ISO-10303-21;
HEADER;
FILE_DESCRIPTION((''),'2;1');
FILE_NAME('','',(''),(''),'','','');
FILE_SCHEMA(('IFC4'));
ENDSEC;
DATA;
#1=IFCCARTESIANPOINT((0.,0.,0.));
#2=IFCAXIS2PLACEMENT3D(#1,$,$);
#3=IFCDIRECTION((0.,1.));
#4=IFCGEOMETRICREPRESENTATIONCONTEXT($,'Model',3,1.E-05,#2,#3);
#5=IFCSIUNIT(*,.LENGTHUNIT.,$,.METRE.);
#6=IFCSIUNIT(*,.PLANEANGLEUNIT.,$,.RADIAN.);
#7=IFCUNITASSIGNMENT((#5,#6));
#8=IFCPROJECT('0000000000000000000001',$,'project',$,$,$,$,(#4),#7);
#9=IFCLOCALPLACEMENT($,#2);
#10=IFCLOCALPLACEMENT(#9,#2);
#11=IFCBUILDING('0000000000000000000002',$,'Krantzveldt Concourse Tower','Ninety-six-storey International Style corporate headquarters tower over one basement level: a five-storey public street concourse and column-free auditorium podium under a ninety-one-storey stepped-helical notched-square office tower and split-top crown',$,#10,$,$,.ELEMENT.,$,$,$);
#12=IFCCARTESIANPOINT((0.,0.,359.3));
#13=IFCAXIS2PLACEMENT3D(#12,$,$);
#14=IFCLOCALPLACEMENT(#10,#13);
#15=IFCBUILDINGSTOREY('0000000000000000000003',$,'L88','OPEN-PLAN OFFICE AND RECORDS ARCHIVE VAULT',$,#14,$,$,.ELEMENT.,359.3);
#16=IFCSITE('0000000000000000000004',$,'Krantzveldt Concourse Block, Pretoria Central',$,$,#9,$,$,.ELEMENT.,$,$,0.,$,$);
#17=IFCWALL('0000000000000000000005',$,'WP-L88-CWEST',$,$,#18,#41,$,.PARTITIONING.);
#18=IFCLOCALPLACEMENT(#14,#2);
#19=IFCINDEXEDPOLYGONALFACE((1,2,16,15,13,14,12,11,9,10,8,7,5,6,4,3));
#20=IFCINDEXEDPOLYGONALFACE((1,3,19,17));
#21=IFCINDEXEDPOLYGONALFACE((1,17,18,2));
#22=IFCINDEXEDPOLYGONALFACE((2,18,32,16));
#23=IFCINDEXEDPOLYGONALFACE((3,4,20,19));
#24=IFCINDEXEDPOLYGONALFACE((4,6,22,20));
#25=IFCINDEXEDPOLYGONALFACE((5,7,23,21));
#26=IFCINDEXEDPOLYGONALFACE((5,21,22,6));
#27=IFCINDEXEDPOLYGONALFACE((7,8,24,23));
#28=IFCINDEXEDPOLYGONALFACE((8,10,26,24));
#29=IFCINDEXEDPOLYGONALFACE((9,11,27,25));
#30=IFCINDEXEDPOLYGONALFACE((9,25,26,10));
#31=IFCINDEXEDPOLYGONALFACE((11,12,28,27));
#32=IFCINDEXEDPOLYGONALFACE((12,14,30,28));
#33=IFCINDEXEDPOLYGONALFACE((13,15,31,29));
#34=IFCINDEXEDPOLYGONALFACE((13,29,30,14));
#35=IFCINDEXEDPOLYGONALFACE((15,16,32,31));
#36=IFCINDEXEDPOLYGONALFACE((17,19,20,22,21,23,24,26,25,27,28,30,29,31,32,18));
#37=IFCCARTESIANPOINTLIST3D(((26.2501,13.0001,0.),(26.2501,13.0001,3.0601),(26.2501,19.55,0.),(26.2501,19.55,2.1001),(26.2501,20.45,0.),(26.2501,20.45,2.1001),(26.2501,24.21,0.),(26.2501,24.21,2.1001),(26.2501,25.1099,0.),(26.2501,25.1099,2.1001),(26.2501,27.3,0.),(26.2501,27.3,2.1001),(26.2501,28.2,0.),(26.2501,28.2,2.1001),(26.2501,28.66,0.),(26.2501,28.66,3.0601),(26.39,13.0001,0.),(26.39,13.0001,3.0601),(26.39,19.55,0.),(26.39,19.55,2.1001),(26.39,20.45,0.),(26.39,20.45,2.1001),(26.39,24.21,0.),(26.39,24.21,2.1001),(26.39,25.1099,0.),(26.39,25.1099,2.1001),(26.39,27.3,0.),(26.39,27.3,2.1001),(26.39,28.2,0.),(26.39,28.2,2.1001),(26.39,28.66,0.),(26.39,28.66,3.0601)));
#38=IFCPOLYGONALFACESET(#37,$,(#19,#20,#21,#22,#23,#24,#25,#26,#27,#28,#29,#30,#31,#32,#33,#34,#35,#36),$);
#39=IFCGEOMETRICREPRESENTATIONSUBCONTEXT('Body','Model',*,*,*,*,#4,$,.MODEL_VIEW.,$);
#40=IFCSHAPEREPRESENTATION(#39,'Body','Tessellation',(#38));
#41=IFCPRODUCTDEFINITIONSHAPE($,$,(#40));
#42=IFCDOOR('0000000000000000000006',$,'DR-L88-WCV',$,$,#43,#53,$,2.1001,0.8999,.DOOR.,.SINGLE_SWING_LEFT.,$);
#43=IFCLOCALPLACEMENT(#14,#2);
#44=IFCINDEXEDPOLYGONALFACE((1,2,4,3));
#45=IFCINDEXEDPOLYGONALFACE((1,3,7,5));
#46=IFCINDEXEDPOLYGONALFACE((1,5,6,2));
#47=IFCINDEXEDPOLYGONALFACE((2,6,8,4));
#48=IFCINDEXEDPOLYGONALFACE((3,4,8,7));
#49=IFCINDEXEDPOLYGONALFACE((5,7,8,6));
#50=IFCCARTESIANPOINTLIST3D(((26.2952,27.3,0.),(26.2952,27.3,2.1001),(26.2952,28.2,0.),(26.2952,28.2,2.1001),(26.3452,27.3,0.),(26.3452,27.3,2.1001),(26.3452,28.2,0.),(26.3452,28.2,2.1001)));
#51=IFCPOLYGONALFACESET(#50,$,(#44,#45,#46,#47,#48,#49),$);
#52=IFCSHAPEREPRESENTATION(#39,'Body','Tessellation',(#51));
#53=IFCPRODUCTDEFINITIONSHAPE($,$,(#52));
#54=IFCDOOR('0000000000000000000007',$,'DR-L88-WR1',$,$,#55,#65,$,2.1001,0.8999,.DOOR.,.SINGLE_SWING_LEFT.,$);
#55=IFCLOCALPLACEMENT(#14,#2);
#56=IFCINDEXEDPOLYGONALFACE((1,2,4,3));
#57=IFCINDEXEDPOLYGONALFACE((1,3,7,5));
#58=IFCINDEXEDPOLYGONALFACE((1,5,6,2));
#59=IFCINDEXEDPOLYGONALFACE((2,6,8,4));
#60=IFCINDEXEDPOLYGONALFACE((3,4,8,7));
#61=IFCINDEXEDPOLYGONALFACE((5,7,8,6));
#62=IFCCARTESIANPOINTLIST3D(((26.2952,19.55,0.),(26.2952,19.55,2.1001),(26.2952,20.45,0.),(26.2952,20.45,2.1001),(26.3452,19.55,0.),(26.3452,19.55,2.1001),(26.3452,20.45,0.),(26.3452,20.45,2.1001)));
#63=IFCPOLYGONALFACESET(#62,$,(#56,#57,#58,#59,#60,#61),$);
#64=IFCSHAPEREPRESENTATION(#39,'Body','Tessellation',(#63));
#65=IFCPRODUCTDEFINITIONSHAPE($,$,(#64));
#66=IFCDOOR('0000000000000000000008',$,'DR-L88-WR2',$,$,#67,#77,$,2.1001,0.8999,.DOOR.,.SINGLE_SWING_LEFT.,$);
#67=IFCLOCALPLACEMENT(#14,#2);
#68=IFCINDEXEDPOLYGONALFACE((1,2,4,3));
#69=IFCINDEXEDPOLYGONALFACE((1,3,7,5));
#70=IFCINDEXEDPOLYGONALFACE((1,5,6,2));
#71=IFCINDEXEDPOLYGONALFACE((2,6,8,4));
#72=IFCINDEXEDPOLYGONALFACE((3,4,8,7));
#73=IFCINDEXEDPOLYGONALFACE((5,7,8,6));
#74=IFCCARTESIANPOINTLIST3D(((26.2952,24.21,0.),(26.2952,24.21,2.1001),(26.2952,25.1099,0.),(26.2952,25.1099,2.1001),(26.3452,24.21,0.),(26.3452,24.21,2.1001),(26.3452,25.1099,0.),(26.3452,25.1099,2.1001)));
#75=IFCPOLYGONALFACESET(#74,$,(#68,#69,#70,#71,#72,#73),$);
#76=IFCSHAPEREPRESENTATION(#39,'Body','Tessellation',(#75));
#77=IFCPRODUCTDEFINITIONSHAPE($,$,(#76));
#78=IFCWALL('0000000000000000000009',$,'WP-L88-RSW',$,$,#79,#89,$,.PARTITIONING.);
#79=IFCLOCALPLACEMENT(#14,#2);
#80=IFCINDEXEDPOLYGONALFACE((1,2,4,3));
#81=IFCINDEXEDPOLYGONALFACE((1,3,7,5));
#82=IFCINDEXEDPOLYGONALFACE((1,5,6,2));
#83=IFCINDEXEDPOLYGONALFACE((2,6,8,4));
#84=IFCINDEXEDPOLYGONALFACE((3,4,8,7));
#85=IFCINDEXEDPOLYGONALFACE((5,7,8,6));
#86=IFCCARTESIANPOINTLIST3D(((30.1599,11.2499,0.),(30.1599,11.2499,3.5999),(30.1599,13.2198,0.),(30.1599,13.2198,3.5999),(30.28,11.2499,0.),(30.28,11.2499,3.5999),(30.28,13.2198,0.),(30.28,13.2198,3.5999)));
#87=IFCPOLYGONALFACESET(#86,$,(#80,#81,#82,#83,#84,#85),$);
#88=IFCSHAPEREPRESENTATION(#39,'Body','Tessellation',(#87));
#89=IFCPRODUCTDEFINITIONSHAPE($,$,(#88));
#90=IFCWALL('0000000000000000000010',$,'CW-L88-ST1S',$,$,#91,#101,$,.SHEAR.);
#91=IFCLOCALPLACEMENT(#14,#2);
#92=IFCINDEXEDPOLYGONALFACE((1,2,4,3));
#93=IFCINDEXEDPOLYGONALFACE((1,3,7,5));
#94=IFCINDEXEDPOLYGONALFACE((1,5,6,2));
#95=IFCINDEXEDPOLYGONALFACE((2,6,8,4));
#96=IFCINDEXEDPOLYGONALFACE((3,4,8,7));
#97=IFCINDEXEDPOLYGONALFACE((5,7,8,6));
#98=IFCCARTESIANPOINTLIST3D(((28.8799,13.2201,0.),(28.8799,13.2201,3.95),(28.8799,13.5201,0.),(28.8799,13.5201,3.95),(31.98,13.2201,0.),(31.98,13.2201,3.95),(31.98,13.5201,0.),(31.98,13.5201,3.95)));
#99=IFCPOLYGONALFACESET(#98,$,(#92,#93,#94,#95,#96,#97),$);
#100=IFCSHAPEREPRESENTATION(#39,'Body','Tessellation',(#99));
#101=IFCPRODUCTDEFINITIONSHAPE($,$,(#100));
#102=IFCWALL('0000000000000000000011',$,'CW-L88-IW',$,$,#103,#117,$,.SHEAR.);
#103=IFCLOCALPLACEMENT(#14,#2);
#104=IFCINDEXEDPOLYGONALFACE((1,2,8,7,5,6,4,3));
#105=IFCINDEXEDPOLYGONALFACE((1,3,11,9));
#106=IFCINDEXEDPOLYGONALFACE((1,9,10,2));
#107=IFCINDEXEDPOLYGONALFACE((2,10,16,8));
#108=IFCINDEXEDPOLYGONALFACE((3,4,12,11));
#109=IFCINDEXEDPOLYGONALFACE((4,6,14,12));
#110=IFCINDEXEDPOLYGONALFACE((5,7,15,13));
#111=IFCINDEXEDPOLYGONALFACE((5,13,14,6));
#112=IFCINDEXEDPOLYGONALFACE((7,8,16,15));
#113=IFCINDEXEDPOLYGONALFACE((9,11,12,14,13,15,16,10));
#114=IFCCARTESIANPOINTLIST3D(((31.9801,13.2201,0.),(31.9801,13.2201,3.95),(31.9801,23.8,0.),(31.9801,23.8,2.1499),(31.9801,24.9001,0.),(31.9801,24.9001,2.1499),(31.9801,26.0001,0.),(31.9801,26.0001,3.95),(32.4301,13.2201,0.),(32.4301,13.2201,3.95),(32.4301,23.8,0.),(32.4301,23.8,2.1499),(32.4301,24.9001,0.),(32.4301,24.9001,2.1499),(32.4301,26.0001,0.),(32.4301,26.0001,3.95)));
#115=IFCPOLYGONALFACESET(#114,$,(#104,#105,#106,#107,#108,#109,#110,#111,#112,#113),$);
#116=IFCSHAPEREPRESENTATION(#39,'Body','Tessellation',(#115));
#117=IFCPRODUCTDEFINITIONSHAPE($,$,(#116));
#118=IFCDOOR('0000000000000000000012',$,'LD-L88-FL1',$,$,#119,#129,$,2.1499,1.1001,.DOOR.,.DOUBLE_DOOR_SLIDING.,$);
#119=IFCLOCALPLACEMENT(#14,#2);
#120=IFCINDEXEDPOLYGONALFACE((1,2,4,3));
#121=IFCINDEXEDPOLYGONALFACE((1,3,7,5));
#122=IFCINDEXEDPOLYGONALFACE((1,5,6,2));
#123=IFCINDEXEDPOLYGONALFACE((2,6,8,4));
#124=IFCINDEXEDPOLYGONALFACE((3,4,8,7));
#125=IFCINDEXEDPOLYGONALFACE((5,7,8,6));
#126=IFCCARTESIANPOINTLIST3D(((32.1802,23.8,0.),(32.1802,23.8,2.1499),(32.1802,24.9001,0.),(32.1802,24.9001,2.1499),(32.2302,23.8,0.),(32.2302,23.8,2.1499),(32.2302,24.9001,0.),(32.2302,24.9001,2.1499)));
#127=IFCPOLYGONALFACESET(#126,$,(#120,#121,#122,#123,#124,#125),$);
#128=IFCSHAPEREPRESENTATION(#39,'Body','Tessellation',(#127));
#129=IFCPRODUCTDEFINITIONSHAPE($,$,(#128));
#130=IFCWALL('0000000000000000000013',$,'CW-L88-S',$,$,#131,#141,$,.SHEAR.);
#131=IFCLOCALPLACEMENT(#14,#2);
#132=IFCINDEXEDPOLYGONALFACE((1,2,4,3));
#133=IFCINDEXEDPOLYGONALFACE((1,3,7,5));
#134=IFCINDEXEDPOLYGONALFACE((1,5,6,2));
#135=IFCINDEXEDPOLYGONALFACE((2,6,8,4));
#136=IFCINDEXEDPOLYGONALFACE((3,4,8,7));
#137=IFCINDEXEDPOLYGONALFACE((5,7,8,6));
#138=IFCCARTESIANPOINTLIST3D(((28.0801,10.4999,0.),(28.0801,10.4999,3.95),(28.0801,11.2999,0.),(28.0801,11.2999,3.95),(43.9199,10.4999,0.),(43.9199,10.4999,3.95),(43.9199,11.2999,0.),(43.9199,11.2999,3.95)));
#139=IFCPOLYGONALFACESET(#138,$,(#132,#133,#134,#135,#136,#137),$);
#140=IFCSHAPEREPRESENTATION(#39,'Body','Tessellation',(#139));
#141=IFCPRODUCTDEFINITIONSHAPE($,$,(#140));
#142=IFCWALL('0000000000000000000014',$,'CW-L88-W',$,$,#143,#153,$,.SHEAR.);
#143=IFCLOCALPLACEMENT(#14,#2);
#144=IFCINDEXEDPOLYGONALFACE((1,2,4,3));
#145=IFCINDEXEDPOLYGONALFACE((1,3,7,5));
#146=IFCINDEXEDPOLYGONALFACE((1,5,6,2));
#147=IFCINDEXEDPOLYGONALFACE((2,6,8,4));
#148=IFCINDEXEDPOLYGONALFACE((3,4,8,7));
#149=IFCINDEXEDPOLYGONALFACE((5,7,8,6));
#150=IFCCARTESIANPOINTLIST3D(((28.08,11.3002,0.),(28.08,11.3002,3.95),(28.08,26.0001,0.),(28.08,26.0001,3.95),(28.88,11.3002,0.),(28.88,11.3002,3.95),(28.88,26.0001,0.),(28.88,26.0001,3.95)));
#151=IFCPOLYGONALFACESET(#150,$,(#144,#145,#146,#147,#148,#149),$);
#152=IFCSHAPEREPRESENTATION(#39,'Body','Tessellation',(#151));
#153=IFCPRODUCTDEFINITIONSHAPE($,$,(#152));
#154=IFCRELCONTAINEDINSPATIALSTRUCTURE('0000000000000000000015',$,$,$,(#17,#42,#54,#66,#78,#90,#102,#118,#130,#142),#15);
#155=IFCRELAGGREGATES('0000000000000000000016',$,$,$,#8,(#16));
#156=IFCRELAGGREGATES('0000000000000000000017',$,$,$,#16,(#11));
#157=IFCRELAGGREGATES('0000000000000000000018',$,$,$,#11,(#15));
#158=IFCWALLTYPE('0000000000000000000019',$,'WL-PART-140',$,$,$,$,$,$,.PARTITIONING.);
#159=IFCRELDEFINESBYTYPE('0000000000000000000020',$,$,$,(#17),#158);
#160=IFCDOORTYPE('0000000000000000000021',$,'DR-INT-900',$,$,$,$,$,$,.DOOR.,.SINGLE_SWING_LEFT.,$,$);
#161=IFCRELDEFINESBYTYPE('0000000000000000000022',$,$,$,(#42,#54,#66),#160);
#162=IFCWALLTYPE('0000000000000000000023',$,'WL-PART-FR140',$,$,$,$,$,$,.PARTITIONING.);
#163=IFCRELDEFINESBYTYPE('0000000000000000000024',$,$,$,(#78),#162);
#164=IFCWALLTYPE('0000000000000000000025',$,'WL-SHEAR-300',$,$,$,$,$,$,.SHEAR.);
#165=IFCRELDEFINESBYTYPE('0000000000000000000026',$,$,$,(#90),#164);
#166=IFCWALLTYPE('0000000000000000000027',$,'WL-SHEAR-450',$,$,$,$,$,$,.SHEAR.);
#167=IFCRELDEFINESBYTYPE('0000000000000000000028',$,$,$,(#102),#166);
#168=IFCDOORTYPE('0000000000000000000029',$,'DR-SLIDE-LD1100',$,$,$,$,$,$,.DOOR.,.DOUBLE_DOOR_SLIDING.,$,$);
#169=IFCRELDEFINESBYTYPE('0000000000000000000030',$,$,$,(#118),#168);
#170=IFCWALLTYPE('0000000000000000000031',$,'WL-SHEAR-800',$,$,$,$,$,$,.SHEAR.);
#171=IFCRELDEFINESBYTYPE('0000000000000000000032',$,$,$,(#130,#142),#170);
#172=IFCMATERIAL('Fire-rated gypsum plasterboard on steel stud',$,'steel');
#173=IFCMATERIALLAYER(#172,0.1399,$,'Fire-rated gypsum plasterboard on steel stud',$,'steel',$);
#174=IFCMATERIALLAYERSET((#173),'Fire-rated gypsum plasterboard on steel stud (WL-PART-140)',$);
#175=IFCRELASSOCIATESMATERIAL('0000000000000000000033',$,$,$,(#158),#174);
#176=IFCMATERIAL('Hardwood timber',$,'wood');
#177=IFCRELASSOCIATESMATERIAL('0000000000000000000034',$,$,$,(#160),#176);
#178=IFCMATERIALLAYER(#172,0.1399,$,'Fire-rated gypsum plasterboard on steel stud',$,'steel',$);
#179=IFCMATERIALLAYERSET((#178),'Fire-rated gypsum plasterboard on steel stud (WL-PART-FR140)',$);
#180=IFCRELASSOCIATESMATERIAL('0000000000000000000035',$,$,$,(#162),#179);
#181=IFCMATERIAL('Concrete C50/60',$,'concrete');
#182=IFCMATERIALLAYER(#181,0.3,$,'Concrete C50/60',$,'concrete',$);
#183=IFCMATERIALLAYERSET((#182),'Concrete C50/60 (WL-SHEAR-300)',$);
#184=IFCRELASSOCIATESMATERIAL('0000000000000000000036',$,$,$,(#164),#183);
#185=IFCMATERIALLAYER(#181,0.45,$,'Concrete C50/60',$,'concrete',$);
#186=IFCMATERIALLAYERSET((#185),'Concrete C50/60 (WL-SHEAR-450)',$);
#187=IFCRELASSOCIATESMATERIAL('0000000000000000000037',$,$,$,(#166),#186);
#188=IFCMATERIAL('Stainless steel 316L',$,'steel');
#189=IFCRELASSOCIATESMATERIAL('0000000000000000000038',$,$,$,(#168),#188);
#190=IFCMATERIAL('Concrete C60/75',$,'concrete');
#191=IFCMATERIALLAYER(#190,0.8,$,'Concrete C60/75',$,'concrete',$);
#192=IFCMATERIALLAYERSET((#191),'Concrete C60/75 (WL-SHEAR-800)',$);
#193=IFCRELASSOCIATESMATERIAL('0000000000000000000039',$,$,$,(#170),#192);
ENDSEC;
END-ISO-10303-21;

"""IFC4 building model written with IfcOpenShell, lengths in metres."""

from ifc_helpers import new_model, si_unit, direction, frame, frame_2d, origin, place, context, subcontext, project, spatial, rectangle, extrude, material, layer, layer_set, type_object, element, fill, save


model = new_model("IFC4")

# Units and contexts
model_context = context("Model", 3, precision=1e-05, world=origin(), true_north=direction((0.0, 1.0)))
body_context = subcontext(model_context, "Body", "Model", "MODEL_VIEW")
ifc_project = project(units=[si_unit("LENGTHUNIT", "METRE"), si_unit("PLANEANGLEUNIT", "RADIAN")], contexts=[model_context])

# Site, building, storey
site_placement = place(None, origin())
site = spatial("IfcSite", under=ifc_project, at=site_placement, Name="Krantzveldt Concourse Block, Pretoria Central", CompositionType="ELEMENT", RefElevation=0.0)
building_placement = place(site_placement, origin())
building = spatial("IfcBuilding", under=site, at=building_placement, Name="Krantzveldt Concourse Tower", Description="Ninety-six-storey International Style corporate headquarters tower over one basement level: a five-storey public street concourse and column-free auditorium podium under a ninety-one-storey stepped-helical notched-square office tower and split-top crown", CompositionType="ELEMENT")
storey_placement = place(building_placement, frame((0.0, 0.0, 359.3)))
storey = spatial("IfcBuildingStorey", under=building, at=storey_placement, Name="L88", Description="OPEN-PLAN OFFICE AND RECORDS ARCHIVE VAULT", CompositionType="ELEMENT", Elevation=359.3)

# Shared definitions
ifc_material_1 = material(Name="Fire-rated gypsum plasterboard on steel stud", Category="steel")
ifc_material_2 = material(Name="Hardwood timber", Category="wood")

# Wall, openings, doors
ifc_layer_1 = layer(ifc_material_1, 0.1399, Name="Fire-rated gypsum plasterboard on steel stud", Category="steel")
ifc_layer_set_1 = layer_set([ifc_layer_1], Name="Fire-rated gypsum plasterboard on steel stud (WL-PART-140)")
wall_type_1 = type_object("IfcWallType", Name="WL-PART-140", PredefinedType="PARTITIONING", material=ifc_layer_set_1)
wall_1_placement = place(storey_placement, frame((26.3201, 13.0, 0.0), z_axis=(0.0, 0.0, 1.0), x_axis=(0.0, 1.0, 0.0)))
wall_1 = element("IfcWall", 1, at=wall_1_placement, inside=storey, type_object=wall_type_1, Name="WP-L88-CWEST", PredefinedType="PARTITIONING", context=body_context, shape_type="SweptSolid", body=[
    extrude(rectangle(XDim=15.6599, YDim=0.1399, at=frame_2d((7.8301, 0.0))), origin(), (0.0, 0.0, 1.0), 3.0601),
])
opening_1_placement = place(wall_1_placement, frame((14.3, 0.0, 0.0)))
opening_1 = element("IfcOpeningElement", 2, at=opening_1_placement, cuts=wall_1, PredefinedType="OPENING", context=body_context, shape_type="SweptSolid", body=[
    extrude(rectangle(XDim=0.8999, YDim=2.1001, at=frame_2d((0.45, 1.05))), frame((0.0, 0.0801, 0.0), z_axis=(0.0, -1.0, 0.0), x_axis=(1.0, 0.0, 0.0)), (0.0, 0.0, 1.0), 0.1599),
])
opening_2_placement = place(wall_1_placement, frame((6.55, 0.0, 0.0)))
opening_2 = element("IfcOpeningElement", 3, at=opening_2_placement, cuts=wall_1, PredefinedType="OPENING", context=body_context, shape_type="SweptSolid", body=[
    extrude(rectangle(XDim=0.8999, YDim=2.1001, at=frame_2d((0.45, 1.05))), frame((0.0, 0.0801, 0.0), z_axis=(0.0, -1.0, 0.0), x_axis=(1.0, 0.0, 0.0)), (0.0, 0.0, 1.0), 0.1599),
])
opening_3_placement = place(wall_1_placement, frame((11.21, 0.0, 0.0)))
opening_3 = element("IfcOpeningElement", 4, at=opening_3_placement, cuts=wall_1, PredefinedType="OPENING", context=body_context, shape_type="SweptSolid", body=[
    extrude(rectangle(XDim=0.8999, YDim=2.1001, at=frame_2d((0.45, 1.05))), frame((0.0, 0.0801, 0.0), z_axis=(0.0, -1.0, 0.0), x_axis=(1.0, 0.0, 0.0)), (0.0, 0.0, 1.0), 0.1599),
])
door_type_1 = type_object("IfcDoorType", Name="DR-INT-900", OperationType="SINGLE_SWING_LEFT", PredefinedType="DOOR", material=ifc_material_2)
door_1_placement = place(opening_1_placement, origin())
door_1 = element("IfcDoor", 5, at=door_1_placement, inside=storey, type_object=door_type_1, Name="DR-L88-WCV", OperationType="SINGLE_SWING_LEFT", OverallHeight=2.1001, OverallWidth=0.8999, PredefinedType="DOOR", context=body_context, shape_type="SweptSolid", body=[
    extrude(rectangle(XDim=0.8999, YDim=2.1001, at=frame_2d((0.45, 1.05))), frame((0.0, 0.0249, 0.0), z_axis=(0.0, -1.0, 0.0), x_axis=(1.0, 0.0, 0.0)), (0.0, 0.0, 1.0), 0.05),
])
fill(opening_1, door_1)
door_2_placement = place(opening_2_placement, origin())
door_2 = element("IfcDoor", 6, at=door_2_placement, inside=storey, type_object=door_type_1, Name="DR-L88-WR1", OperationType="SINGLE_SWING_LEFT", OverallHeight=2.1001, OverallWidth=0.8999, PredefinedType="DOOR", context=body_context, shape_type="SweptSolid", body=[
    extrude(rectangle(XDim=0.8999, YDim=2.1001, at=frame_2d((0.45, 1.05))), frame((0.0, 0.0249, 0.0), z_axis=(0.0, -1.0, 0.0), x_axis=(1.0, 0.0, 0.0)), (0.0, 0.0, 1.0), 0.05),
])
fill(opening_2, door_2)
door_3_placement = place(opening_3_placement, origin())
door_3 = element("IfcDoor", 7, at=door_3_placement, inside=storey, type_object=door_type_1, Name="DR-L88-WR2", OperationType="SINGLE_SWING_LEFT", OverallHeight=2.1001, OverallWidth=0.8999, PredefinedType="DOOR", context=body_context, shape_type="SweptSolid", body=[
    extrude(rectangle(XDim=0.8999, YDim=2.1001, at=frame_2d((0.45, 1.05))), frame((0.0, 0.0249, 0.0), z_axis=(0.0, -1.0, 0.0), x_axis=(1.0, 0.0, 0.0)), (0.0, 0.0, 1.0), 0.05),
])
fill(opening_3, door_3)

# Walls
ifc_layer_2 = layer(ifc_material_1, 0.1399, Name="Fire-rated gypsum plasterboard on steel stud", Category="steel")
ifc_layer_set_2 = layer_set([ifc_layer_2], Name="Fire-rated gypsum plasterboard on steel stud (WL-PART-FR140)")
wall_type_2 = type_object("IfcWallType", Name="WL-PART-FR140", PredefinedType="PARTITIONING", material=ifc_layer_set_2)
wall_2_placement = place(storey_placement, frame((30.22, 11.25, 0.0), z_axis=(0.0, 0.0, 1.0), x_axis=(0.0, 1.0, 0.0)))
element("IfcWall", 8, at=wall_2_placement, inside=storey, type_object=wall_type_2, Name="WP-L88-RSW", PredefinedType="PARTITIONING", context=body_context, shape_type="SweptSolid", body=[
    extrude(rectangle(XDim=1.97, YDim=0.1201, at=frame_2d((0.9849, 0.0))), origin(), (0.0, 0.0, 1.0), 3.5999),
])
ifc_material_3 = material(Name="Concrete C50/60", Category="concrete")
ifc_layer_3 = layer(ifc_material_3, 0.3, Name="Concrete C50/60", Category="concrete")
ifc_layer_set_3 = layer_set([ifc_layer_3], Name="Concrete C50/60 (WL-SHEAR-300)")
wall_type_3 = type_object("IfcWallType", Name="WL-SHEAR-300", PredefinedType="SHEAR", material=ifc_layer_set_3)
wall_3_placement = place(storey_placement, frame((28.8799, 13.3701, 0.0), z_axis=(0.0, 0.0, 1.0), x_axis=(1.0, 0.0, 0.0)))
element("IfcWall", 9, at=wall_3_placement, inside=storey, type_object=wall_type_3, Name="CW-L88-ST1S", PredefinedType="SHEAR", context=body_context, shape_type="SweptSolid", body=[
    extrude(rectangle(XDim=3.1001, YDim=0.3, at=frame_2d((1.55, 0.0))), origin(), (0.0, 0.0, 1.0), 3.95),
])

# Wall, opening, door
ifc_layer_4 = layer(ifc_material_3, 0.45, Name="Concrete C50/60", Category="concrete")
ifc_layer_set_4 = layer_set([ifc_layer_4], Name="Concrete C50/60 (WL-SHEAR-450)")
wall_type_4 = type_object("IfcWallType", Name="WL-SHEAR-450", PredefinedType="SHEAR", material=ifc_layer_set_4)
wall_4_placement = place(storey_placement, frame((32.2051, 13.22, 0.0), z_axis=(0.0, 0.0, 1.0), x_axis=(0.0, 1.0, 0.0)))
wall_4 = element("IfcWall", 10, at=wall_4_placement, inside=storey, type_object=wall_type_4, Name="CW-L88-IW", PredefinedType="SHEAR", context=body_context, shape_type="SweptSolid", body=[
    extrude(rectangle(XDim=12.78, YDim=0.45, at=frame_2d((6.3901, 0.0))), origin(), (0.0, 0.0, 1.0), 3.95),
])
opening_4_placement = place(wall_4_placement, frame((10.5801, 0.0, 0.0)))
opening_4 = element("IfcOpeningElement", 11, at=opening_4_placement, cuts=wall_4, PredefinedType="OPENING", context=body_context, shape_type="SweptSolid", body=[
    extrude(rectangle(XDim=1.1001, YDim=2.1499, at=frame_2d((0.55, 1.075))), frame((0.0, 0.2349, 0.0), z_axis=(0.0, -1.0, 0.0), x_axis=(1.0, 0.0, 0.0)), (0.0, 0.0, 1.0), 0.47),
])
ifc_material_4 = material(Name="Stainless steel 316L", Category="steel")
door_type_2 = type_object("IfcDoorType", Name="DR-SLIDE-LD1100", OperationType="DOUBLE_DOOR_SLIDING", PredefinedType="DOOR", material=ifc_material_4)
door_4_placement = place(opening_4_placement, origin())
door_4 = element("IfcDoor", 12, at=door_4_placement, inside=storey, type_object=door_type_2, Name="LD-L88-FL1", OperationType="DOUBLE_DOOR_SLIDING", OverallHeight=2.1499, OverallWidth=1.1001, PredefinedType="DOOR", context=body_context, shape_type="SweptSolid", body=[
    extrude(rectangle(XDim=1.1001, YDim=2.1499, at=frame_2d((0.55, 1.075))), frame((0.0, 0.0249, 0.0), z_axis=(0.0, -1.0, 0.0), x_axis=(1.0, 0.0, 0.0)), (0.0, 0.0, 1.0), 0.05),
])
fill(opening_4, door_4)

# Walls
ifc_material_5 = material(Name="Concrete C60/75", Category="concrete")
ifc_layer_5 = layer(ifc_material_5, 0.8, Name="Concrete C60/75", Category="concrete")
ifc_layer_set_5 = layer_set([ifc_layer_5], Name="Concrete C60/75 (WL-SHEAR-800)")
wall_type_5 = type_object("IfcWallType", Name="WL-SHEAR-800", PredefinedType="SHEAR", material=ifc_layer_set_5)
wall_5_placement = place(storey_placement, frame((28.0801, 10.8999, 0.0), z_axis=(0.0, 0.0, 1.0), x_axis=(1.0, 0.0, 0.0)))
element("IfcWall", 13, at=wall_5_placement, inside=storey, type_object=wall_type_5, Name="CW-L88-S", PredefinedType="SHEAR", context=body_context, shape_type="SweptSolid", body=[
    extrude(rectangle(XDim=15.8398, YDim=0.8, at=frame_2d((7.9199, 0.0))), origin(), (0.0, 0.0, 1.0), 3.95),
])
wall_6_placement = place(storey_placement, frame((28.48, 11.3, 0.0), z_axis=(0.0, 0.0, 1.0), x_axis=(0.0, 1.0, 0.0)))
element("IfcWall", 14, at=wall_6_placement, inside=storey, type_object=wall_type_5, Name="CW-L88-W", PredefinedType="SHEAR", context=body_context, shape_type="SweptSolid", body=[
    extrude(rectangle(XDim=14.7, YDim=0.8, at=frame_2d((7.3501, 0.0))), origin(), (0.0, 0.0, 1.0), 3.95),
])

save(model, "model.ifc")
